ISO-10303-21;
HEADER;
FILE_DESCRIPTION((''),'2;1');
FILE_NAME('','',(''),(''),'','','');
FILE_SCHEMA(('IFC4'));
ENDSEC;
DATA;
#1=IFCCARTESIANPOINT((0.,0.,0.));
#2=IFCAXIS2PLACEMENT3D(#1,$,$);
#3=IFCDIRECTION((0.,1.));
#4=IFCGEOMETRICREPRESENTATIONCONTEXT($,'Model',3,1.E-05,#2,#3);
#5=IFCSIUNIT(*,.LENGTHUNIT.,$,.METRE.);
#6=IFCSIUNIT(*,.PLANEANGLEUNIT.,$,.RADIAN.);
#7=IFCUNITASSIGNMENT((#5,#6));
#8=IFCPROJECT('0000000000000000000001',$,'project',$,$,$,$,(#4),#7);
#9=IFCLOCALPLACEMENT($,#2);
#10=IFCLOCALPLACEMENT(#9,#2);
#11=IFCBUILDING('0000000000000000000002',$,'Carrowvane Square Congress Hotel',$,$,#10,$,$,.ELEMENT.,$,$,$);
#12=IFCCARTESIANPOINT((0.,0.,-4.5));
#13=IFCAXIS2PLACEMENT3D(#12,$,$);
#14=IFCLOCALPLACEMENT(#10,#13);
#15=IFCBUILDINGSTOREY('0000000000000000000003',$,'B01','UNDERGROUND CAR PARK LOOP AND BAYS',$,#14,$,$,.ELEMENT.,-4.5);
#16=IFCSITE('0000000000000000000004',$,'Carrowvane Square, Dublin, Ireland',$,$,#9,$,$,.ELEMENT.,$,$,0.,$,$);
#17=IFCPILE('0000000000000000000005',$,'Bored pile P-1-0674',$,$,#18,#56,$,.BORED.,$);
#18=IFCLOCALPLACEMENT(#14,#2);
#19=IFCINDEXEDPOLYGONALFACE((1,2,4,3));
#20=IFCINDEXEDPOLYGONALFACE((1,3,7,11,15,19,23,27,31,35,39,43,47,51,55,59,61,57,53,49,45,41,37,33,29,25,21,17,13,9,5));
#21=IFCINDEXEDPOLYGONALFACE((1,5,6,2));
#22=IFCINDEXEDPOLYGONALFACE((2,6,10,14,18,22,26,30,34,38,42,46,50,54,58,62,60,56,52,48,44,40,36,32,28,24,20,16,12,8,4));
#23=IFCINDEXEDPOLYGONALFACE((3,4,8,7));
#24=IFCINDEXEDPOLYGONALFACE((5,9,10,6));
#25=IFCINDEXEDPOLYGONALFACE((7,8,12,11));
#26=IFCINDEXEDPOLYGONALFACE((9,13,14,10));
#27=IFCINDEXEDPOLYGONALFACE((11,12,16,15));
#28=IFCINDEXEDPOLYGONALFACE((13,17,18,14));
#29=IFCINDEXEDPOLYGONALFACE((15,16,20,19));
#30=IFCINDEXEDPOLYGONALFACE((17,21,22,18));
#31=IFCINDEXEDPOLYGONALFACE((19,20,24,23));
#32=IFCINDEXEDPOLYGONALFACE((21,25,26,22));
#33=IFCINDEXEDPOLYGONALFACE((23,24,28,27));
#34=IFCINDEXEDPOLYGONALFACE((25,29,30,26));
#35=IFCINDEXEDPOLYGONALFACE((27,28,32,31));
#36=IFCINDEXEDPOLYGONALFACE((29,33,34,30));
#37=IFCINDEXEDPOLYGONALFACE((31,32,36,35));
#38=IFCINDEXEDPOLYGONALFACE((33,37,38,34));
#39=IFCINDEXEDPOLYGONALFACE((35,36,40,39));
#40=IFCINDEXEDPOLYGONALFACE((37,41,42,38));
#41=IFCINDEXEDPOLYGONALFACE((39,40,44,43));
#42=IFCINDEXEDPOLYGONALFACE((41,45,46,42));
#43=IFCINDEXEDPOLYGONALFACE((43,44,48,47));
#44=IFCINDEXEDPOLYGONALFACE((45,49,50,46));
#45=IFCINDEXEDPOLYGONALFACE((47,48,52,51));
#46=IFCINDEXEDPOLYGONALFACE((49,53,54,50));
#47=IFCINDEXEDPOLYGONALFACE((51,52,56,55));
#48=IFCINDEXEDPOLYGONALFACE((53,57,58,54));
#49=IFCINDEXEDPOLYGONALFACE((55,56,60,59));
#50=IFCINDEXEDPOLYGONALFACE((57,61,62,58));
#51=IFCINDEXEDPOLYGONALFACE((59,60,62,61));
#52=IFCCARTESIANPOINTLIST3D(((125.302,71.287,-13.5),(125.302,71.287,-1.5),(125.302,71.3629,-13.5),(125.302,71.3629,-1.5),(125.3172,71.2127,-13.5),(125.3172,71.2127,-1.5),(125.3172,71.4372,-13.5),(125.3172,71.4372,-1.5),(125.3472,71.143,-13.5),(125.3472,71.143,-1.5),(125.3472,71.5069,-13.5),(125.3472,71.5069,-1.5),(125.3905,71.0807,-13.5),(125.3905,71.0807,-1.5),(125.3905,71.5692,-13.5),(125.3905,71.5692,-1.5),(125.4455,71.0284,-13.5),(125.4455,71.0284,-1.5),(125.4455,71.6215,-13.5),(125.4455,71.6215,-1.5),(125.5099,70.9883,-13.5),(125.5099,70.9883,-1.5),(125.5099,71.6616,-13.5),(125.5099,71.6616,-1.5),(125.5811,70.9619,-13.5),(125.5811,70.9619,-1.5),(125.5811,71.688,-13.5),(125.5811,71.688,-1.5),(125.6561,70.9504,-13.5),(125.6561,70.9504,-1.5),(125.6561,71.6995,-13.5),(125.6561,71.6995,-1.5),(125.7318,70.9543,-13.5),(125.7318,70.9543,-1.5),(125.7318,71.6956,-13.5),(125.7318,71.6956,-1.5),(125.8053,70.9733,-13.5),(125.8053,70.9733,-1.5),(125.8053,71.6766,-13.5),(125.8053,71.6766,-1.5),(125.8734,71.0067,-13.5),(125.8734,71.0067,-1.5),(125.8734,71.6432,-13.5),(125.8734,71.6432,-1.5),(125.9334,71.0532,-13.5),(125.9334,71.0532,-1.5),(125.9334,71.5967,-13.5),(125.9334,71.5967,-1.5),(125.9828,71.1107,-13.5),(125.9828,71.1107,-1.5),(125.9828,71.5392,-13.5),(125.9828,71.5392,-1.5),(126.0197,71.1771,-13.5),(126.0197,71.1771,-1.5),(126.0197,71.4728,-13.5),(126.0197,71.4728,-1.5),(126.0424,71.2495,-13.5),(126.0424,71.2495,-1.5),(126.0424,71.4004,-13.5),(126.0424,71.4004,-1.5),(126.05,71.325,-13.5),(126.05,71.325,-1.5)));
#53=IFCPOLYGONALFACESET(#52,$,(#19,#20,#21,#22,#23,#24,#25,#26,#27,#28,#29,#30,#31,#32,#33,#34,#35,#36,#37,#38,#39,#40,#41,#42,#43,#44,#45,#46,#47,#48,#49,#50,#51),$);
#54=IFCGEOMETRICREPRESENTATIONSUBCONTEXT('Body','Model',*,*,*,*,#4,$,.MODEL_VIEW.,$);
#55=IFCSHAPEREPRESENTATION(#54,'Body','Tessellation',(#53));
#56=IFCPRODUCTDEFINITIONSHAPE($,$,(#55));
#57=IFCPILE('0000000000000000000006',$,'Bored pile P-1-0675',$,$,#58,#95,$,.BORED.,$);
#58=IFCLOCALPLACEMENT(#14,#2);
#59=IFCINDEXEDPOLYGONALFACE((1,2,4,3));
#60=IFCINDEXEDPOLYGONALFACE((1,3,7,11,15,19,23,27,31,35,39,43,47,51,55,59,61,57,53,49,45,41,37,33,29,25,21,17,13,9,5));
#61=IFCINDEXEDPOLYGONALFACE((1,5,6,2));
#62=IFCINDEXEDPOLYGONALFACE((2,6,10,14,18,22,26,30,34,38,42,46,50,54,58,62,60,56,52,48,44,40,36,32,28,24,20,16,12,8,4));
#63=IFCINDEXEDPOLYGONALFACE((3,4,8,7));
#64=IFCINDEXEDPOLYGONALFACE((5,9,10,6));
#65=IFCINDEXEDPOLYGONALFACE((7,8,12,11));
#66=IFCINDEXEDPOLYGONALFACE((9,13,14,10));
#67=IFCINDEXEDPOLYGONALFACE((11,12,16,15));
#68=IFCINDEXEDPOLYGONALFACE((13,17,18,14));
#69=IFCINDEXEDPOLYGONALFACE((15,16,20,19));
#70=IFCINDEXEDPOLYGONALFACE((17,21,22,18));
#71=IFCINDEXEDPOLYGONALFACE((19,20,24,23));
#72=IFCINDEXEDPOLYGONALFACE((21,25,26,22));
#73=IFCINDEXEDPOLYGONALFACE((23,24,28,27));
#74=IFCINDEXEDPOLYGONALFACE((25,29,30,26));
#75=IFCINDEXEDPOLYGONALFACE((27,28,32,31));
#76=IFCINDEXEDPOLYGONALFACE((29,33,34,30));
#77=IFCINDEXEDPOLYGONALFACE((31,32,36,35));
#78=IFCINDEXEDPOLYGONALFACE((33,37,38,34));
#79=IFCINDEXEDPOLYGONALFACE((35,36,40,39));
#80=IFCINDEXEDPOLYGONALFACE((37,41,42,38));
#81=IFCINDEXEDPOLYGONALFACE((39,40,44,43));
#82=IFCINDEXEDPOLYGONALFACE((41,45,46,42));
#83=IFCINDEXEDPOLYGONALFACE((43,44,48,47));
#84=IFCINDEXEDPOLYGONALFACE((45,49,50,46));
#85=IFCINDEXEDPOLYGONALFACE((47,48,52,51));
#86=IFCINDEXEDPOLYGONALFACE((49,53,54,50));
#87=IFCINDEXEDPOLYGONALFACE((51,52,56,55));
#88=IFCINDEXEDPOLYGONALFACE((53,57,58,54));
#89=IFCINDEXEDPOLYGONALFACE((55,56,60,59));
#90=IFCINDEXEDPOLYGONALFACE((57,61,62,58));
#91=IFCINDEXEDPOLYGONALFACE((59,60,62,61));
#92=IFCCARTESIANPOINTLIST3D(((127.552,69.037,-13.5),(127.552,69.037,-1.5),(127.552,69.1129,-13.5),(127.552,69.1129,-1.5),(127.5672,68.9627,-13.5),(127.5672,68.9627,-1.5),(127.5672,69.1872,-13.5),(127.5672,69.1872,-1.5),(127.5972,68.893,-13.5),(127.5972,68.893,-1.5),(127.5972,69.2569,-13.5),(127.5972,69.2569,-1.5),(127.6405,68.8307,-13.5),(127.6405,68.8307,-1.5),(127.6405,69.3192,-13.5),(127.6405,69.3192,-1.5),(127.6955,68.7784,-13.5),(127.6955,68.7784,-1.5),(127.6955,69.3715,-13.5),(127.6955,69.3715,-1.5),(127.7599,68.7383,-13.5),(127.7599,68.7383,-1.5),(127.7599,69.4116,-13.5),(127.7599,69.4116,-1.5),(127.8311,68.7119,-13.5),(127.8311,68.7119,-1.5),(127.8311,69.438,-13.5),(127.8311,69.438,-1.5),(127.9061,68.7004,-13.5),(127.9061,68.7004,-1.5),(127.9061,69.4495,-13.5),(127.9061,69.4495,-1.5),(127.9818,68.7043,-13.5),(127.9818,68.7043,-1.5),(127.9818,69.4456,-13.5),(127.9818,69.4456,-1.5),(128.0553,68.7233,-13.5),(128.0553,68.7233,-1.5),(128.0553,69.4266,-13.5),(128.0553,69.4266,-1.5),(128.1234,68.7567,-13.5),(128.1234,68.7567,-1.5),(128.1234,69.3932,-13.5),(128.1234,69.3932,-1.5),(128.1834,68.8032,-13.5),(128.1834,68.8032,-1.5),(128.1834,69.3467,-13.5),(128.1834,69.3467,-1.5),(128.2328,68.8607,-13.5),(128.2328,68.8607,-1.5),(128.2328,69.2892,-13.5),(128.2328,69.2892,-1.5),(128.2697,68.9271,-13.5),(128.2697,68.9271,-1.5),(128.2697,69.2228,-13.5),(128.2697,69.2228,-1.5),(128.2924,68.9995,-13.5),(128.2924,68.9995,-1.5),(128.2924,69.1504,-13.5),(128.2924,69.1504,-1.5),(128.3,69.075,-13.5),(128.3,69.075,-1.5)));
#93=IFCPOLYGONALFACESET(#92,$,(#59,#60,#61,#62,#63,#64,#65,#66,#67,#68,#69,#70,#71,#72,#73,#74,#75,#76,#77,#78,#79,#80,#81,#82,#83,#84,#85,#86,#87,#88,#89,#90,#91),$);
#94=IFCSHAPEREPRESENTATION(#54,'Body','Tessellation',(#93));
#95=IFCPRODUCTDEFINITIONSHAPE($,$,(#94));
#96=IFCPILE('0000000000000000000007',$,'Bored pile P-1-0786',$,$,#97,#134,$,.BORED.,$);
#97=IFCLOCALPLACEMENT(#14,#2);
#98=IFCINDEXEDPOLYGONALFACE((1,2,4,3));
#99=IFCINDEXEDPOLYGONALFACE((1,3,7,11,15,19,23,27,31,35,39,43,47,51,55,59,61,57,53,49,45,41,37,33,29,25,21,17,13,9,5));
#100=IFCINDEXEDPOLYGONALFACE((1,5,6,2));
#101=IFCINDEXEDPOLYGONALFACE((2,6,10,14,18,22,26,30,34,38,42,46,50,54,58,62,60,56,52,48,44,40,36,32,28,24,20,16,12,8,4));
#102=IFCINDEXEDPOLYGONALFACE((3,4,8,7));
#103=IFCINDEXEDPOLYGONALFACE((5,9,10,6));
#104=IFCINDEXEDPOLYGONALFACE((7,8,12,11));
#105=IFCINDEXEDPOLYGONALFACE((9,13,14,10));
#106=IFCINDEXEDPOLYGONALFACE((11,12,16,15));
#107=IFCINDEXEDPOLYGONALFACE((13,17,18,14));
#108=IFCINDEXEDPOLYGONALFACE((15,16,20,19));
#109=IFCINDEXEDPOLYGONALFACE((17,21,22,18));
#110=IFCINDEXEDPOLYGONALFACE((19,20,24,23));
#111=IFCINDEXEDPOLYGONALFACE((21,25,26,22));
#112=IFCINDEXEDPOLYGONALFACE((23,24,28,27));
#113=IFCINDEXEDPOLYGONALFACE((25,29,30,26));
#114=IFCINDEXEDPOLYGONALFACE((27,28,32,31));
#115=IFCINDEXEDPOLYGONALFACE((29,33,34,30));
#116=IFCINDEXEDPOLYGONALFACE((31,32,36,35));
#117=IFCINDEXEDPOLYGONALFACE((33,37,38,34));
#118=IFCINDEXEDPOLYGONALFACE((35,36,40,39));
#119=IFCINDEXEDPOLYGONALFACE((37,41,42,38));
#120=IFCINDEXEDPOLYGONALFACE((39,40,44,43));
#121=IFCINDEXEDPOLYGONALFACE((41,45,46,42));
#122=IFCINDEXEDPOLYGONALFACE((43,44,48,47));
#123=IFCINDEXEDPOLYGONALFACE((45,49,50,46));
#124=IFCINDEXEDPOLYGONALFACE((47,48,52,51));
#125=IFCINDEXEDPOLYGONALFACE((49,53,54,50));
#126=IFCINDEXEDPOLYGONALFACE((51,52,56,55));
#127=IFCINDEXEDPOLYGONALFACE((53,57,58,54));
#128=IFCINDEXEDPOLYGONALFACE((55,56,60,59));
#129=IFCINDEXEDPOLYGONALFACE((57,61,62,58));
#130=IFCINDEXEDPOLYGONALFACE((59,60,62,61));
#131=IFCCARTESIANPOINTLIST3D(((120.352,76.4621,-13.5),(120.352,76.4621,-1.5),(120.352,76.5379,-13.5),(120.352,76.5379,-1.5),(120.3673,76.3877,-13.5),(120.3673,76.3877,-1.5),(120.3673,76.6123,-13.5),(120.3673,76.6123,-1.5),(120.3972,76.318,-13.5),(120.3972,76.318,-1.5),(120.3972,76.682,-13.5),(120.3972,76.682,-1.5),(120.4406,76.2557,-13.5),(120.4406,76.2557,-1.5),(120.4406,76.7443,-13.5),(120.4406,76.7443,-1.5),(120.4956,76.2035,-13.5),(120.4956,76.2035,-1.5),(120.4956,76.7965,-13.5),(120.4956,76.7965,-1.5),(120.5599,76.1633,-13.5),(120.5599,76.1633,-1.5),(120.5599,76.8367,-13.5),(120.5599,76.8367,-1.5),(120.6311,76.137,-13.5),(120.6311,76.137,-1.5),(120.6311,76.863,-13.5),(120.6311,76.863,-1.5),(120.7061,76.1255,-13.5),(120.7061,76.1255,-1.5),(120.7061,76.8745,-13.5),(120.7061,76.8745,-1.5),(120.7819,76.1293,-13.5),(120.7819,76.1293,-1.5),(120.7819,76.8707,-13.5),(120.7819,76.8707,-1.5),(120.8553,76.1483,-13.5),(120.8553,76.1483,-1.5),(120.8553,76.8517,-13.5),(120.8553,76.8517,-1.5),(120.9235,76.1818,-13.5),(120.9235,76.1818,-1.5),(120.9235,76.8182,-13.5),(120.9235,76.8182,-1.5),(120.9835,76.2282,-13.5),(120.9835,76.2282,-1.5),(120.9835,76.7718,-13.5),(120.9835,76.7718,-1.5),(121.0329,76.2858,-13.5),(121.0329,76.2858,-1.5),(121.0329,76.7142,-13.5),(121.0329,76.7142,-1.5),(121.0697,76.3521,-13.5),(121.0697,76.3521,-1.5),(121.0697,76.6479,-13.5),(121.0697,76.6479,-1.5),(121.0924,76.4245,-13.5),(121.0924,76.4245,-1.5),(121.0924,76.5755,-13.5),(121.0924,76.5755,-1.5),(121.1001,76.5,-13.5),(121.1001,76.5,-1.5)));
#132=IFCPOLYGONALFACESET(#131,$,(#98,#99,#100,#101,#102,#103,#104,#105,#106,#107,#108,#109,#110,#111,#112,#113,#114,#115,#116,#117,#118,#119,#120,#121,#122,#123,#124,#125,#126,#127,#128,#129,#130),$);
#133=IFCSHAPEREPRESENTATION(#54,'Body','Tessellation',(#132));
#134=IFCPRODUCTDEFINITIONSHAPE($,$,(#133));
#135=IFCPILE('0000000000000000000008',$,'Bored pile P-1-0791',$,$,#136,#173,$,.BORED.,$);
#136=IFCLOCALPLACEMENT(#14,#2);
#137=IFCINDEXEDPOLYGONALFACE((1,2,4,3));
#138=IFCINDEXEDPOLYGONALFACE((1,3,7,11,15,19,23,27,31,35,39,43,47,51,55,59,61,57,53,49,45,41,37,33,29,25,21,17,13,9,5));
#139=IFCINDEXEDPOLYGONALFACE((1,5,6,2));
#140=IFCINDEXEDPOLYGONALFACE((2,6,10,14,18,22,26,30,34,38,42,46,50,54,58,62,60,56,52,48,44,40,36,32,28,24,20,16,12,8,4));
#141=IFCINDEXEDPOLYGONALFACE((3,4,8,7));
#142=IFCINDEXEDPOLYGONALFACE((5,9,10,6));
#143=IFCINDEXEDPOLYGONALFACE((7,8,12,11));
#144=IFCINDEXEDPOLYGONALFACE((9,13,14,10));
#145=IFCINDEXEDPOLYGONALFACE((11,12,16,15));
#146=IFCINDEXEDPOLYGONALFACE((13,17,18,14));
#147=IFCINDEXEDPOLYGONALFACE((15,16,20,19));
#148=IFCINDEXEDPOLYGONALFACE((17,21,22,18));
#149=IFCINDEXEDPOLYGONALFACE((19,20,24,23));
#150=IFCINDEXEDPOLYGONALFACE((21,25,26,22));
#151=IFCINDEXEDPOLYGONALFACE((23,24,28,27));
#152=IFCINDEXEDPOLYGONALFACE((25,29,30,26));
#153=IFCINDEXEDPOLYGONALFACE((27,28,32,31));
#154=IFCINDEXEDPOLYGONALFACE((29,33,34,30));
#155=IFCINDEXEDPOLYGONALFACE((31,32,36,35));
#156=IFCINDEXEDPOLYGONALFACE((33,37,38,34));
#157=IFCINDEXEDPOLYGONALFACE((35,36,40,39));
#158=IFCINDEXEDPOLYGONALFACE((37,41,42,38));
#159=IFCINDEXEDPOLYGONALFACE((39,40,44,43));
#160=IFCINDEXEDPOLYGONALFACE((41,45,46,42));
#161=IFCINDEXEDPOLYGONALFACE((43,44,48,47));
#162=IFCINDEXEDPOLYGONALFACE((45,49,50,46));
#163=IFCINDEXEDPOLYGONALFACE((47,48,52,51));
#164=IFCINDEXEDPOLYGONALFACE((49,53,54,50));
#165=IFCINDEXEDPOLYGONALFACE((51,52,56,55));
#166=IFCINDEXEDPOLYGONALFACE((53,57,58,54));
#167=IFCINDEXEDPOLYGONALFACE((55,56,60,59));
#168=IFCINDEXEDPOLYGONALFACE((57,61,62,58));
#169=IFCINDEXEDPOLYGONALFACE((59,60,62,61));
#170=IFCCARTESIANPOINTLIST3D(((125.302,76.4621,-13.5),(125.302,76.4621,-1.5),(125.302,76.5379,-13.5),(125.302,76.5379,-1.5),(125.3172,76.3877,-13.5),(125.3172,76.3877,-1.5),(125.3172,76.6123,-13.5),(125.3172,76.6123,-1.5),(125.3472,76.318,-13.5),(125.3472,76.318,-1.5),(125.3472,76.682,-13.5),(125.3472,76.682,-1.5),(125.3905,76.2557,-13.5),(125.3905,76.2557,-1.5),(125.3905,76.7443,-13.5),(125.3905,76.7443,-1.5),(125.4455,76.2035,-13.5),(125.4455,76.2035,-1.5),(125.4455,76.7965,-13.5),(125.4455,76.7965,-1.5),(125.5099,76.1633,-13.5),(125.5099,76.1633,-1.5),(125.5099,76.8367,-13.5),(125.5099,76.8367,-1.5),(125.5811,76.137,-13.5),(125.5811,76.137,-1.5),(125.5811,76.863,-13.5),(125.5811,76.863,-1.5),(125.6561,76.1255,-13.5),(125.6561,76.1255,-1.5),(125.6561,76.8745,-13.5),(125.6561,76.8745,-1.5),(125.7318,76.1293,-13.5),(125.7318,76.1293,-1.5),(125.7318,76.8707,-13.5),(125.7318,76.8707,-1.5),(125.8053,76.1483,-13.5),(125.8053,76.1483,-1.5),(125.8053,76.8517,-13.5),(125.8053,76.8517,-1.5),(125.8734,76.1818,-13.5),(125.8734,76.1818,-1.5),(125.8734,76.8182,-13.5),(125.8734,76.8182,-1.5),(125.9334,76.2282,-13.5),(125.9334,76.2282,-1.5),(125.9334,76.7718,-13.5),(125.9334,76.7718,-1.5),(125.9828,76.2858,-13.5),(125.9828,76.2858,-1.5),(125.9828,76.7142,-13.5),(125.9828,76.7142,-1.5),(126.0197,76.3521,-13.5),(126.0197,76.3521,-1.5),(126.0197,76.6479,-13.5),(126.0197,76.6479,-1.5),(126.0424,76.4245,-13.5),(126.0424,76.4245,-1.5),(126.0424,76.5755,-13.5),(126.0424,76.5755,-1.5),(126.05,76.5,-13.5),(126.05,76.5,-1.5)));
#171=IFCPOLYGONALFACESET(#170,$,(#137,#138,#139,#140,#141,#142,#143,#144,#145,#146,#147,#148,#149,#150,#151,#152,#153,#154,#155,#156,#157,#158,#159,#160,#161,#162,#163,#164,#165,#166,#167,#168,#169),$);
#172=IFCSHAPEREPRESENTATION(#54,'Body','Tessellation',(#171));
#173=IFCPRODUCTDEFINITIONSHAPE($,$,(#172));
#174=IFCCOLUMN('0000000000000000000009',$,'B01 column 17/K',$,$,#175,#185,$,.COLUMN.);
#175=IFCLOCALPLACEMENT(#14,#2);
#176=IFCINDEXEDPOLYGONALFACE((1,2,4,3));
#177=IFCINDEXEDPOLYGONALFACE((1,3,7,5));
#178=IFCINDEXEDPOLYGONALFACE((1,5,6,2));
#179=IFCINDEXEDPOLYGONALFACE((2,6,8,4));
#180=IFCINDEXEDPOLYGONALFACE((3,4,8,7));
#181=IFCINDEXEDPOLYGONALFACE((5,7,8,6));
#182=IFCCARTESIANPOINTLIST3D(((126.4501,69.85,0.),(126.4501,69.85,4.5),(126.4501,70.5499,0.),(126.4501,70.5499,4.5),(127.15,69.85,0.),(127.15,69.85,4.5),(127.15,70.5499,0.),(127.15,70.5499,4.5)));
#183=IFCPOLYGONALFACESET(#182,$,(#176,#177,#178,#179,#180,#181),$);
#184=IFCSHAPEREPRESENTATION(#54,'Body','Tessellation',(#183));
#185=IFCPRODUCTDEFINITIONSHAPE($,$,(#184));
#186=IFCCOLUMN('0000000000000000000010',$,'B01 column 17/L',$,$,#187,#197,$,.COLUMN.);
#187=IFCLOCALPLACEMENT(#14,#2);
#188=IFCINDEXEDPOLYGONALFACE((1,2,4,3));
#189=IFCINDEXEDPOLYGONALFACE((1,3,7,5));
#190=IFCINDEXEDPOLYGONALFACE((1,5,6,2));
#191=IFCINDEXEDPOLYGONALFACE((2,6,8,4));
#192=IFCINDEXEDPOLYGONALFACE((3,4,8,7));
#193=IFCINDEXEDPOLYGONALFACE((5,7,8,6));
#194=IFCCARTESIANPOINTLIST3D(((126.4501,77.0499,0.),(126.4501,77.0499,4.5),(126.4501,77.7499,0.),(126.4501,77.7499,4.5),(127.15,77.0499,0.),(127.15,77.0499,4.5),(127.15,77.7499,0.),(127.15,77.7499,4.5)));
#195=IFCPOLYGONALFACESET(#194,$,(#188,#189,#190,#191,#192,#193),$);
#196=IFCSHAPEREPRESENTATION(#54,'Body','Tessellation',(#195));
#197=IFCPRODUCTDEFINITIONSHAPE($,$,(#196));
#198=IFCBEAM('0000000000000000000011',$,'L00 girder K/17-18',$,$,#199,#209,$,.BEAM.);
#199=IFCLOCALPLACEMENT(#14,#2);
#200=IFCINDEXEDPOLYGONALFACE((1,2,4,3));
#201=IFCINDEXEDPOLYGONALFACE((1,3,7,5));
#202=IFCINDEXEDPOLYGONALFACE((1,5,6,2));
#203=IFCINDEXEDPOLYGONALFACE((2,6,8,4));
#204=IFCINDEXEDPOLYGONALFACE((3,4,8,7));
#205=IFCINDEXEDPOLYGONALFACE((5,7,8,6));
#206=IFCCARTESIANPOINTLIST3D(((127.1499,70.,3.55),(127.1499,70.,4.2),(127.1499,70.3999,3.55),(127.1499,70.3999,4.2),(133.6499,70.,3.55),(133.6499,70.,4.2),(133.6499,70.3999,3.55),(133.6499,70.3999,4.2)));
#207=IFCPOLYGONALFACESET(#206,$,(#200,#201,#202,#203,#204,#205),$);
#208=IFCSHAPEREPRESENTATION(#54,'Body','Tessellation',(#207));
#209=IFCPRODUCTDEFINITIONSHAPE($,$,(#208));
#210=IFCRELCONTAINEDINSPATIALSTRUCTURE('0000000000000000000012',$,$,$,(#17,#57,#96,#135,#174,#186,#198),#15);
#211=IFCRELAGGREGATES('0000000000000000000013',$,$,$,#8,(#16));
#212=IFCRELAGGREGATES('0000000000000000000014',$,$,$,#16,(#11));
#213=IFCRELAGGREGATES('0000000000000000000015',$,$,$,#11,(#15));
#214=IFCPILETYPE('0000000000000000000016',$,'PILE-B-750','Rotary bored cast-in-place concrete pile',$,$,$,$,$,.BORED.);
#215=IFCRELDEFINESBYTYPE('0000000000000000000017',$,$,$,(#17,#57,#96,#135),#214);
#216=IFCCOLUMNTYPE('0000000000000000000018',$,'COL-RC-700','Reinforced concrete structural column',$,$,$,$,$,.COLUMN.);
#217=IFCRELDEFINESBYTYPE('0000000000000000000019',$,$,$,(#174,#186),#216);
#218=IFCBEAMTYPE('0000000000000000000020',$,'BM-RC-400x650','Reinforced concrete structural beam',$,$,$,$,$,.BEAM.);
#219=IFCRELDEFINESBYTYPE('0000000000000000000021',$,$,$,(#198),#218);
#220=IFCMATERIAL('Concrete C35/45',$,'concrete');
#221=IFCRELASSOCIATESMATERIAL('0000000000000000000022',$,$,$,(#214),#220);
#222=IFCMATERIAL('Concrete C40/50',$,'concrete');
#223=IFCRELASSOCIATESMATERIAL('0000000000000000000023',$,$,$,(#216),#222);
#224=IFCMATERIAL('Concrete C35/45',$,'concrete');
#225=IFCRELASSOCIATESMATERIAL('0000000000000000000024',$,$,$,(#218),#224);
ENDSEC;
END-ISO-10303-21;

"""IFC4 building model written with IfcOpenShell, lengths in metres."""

from ifc_helpers import new_model, si_unit, direction, frame, origin, origin_2d, place, context, subcontext, project, spatial, rectangle, circle, extrude, material, material_profile, profile_set, type_object, element, save


model = new_model("IFC4")

# Units and contexts
model_context = context("Model", 3, precision=1e-05, world=origin(), true_north=direction((0.0, 1.0)))
body_context = subcontext(model_context, "Body", "Model", "MODEL_VIEW")
ifc_project = project(units=[si_unit("LENGTHUNIT", "METRE"), si_unit("PLANEANGLEUNIT", "RADIAN")], contexts=[model_context])

# Site, building, storey
site_placement = place(None, origin())
site = spatial("IfcSite", under=ifc_project, at=site_placement, Name="Carrowvane Square, Dublin, Ireland", CompositionType="ELEMENT", RefElevation=0.0)
building_placement = place(site_placement, origin())
building = spatial("IfcBuilding", under=site, at=building_placement, Name="Carrowvane Square Congress Hotel", CompositionType="ELEMENT")
storey_placement = place(building_placement, frame((0.0, 0.0, -4.5)))
storey = spatial("IfcBuildingStorey", under=building, at=storey_placement, Name="B01", Description="UNDERGROUND CAR PARK LOOP AND BAYS", CompositionType="ELEMENT", Elevation=-4.5)

# Piles
ifc_material_1 = material(Name="Concrete C35/45", Category="concrete")
ifc_material_profile_1 = material_profile(ifc_material_1, circle(Radius=0.375, at=origin_2d()), Name="PILE D750")
ifc_profile_set_1 = profile_set([ifc_material_profile_1], Name="Concrete C35/45")
pile_type = type_object("IfcPileType", Name="PILE-B-750", Description="Rotary bored cast-in-place concrete pile", PredefinedType="BORED", material=ifc_profile_set_1)
for number, where, z_axis, x_axis, name in (
    (1, (125.675, 71.325, -1.5), (0.0, 0.0, -1.0), (1.0, 0.0, 0.0), "Bored pile P-1-0674"),
    (2, (127.925, 69.075, -1.5), (0.0, 0.0, -1.0), (1.0, 0.0, 0.0), "Bored pile P-1-0675"),
    (3, (120.7251, 76.5, -1.5), (0.0, 0.0, -1.0), (1.0, 0.0, 0.0), "Bored pile P-1-0786"),
    (4, (125.675, 76.5, -1.5), (0.0, 0.0, -1.0), (1.0, 0.0, 0.0), "Bored pile P-1-0791"),
):
    element("IfcPile", number, at=place(storey_placement, frame(where, z_axis=z_axis, x_axis=x_axis)), inside=storey, type_object=pile_type, Name=name, PredefinedType="BORED", context=body_context, shape_type="SweptSolid", body=[
        extrude(circle(Radius=0.375, at=origin_2d()), origin(), (0.0, 0.0, 1.0), 12.0),
    ])

# Columns
ifc_material_2 = material(Name="Concrete C40/50", Category="concrete")
ifc_material_profile_2 = material_profile(ifc_material_2, rectangle(XDim=0.7, YDim=0.7, at=origin_2d()), Name="RC 700x700")
ifc_profile_set_2 = profile_set([ifc_material_profile_2], Name="Concrete C40/50")
column_type = type_object("IfcColumnType", Name="COL-RC-700", Description="Reinforced concrete structural column", PredefinedType="COLUMN", material=ifc_profile_set_2)
for number, where, z_axis, x_axis, name in (
    (5, (126.8, 70.2, 0.0), (0.0, 0.0, 1.0), (1.0, 0.0, 0.0), "B01 column 17/K"),
    (6, (126.8, 77.3999, 0.0), (0.0, 0.0, 1.0), (1.0, 0.0, 0.0), "B01 column 17/L"),
):
    element("IfcColumn", number, at=place(storey_placement, frame(where, z_axis=z_axis, x_axis=x_axis)), inside=storey, type_object=column_type, Name=name, PredefinedType="COLUMN", context=body_context, shape_type="SweptSolid", body=[
        extrude(rectangle(XDim=0.7, YDim=0.7, at=origin_2d()), origin(), (0.0, 0.0, 1.0), 4.5),
    ])

# Beam
ifc_material_3 = material(Name="Concrete C35/45", Category="concrete")
ifc_material_profile_3 = material_profile(ifc_material_3, rectangle(XDim=0.3999, YDim=0.6499, at=origin_2d()), Name="RC 400x650")
ifc_profile_set_3 = profile_set([ifc_material_profile_3], Name="Concrete C35/45")
beam_type_1 = type_object("IfcBeamType", Name="BM-RC-400x650", Description="Reinforced concrete structural beam", PredefinedType="BEAM", material=ifc_profile_set_3)
beam_1_placement = place(storey_placement, frame((127.1499, 70.2, 3.875), z_axis=(1.0, 0.0, 0.0), x_axis=(0.0, 1.0, 0.0)))
element("IfcBeam", 7, at=beam_1_placement, inside=storey, type_object=beam_type_1, Name="L00 girder K/17-18", PredefinedType="BEAM", context=body_context, shape_type="SweptSolid", body=[
    extrude(rectangle(XDim=0.3999, YDim=0.6499, at=origin_2d()), origin(), (0.0, 0.0, 1.0), 6.5),
])

save(model, "model.ifc")
